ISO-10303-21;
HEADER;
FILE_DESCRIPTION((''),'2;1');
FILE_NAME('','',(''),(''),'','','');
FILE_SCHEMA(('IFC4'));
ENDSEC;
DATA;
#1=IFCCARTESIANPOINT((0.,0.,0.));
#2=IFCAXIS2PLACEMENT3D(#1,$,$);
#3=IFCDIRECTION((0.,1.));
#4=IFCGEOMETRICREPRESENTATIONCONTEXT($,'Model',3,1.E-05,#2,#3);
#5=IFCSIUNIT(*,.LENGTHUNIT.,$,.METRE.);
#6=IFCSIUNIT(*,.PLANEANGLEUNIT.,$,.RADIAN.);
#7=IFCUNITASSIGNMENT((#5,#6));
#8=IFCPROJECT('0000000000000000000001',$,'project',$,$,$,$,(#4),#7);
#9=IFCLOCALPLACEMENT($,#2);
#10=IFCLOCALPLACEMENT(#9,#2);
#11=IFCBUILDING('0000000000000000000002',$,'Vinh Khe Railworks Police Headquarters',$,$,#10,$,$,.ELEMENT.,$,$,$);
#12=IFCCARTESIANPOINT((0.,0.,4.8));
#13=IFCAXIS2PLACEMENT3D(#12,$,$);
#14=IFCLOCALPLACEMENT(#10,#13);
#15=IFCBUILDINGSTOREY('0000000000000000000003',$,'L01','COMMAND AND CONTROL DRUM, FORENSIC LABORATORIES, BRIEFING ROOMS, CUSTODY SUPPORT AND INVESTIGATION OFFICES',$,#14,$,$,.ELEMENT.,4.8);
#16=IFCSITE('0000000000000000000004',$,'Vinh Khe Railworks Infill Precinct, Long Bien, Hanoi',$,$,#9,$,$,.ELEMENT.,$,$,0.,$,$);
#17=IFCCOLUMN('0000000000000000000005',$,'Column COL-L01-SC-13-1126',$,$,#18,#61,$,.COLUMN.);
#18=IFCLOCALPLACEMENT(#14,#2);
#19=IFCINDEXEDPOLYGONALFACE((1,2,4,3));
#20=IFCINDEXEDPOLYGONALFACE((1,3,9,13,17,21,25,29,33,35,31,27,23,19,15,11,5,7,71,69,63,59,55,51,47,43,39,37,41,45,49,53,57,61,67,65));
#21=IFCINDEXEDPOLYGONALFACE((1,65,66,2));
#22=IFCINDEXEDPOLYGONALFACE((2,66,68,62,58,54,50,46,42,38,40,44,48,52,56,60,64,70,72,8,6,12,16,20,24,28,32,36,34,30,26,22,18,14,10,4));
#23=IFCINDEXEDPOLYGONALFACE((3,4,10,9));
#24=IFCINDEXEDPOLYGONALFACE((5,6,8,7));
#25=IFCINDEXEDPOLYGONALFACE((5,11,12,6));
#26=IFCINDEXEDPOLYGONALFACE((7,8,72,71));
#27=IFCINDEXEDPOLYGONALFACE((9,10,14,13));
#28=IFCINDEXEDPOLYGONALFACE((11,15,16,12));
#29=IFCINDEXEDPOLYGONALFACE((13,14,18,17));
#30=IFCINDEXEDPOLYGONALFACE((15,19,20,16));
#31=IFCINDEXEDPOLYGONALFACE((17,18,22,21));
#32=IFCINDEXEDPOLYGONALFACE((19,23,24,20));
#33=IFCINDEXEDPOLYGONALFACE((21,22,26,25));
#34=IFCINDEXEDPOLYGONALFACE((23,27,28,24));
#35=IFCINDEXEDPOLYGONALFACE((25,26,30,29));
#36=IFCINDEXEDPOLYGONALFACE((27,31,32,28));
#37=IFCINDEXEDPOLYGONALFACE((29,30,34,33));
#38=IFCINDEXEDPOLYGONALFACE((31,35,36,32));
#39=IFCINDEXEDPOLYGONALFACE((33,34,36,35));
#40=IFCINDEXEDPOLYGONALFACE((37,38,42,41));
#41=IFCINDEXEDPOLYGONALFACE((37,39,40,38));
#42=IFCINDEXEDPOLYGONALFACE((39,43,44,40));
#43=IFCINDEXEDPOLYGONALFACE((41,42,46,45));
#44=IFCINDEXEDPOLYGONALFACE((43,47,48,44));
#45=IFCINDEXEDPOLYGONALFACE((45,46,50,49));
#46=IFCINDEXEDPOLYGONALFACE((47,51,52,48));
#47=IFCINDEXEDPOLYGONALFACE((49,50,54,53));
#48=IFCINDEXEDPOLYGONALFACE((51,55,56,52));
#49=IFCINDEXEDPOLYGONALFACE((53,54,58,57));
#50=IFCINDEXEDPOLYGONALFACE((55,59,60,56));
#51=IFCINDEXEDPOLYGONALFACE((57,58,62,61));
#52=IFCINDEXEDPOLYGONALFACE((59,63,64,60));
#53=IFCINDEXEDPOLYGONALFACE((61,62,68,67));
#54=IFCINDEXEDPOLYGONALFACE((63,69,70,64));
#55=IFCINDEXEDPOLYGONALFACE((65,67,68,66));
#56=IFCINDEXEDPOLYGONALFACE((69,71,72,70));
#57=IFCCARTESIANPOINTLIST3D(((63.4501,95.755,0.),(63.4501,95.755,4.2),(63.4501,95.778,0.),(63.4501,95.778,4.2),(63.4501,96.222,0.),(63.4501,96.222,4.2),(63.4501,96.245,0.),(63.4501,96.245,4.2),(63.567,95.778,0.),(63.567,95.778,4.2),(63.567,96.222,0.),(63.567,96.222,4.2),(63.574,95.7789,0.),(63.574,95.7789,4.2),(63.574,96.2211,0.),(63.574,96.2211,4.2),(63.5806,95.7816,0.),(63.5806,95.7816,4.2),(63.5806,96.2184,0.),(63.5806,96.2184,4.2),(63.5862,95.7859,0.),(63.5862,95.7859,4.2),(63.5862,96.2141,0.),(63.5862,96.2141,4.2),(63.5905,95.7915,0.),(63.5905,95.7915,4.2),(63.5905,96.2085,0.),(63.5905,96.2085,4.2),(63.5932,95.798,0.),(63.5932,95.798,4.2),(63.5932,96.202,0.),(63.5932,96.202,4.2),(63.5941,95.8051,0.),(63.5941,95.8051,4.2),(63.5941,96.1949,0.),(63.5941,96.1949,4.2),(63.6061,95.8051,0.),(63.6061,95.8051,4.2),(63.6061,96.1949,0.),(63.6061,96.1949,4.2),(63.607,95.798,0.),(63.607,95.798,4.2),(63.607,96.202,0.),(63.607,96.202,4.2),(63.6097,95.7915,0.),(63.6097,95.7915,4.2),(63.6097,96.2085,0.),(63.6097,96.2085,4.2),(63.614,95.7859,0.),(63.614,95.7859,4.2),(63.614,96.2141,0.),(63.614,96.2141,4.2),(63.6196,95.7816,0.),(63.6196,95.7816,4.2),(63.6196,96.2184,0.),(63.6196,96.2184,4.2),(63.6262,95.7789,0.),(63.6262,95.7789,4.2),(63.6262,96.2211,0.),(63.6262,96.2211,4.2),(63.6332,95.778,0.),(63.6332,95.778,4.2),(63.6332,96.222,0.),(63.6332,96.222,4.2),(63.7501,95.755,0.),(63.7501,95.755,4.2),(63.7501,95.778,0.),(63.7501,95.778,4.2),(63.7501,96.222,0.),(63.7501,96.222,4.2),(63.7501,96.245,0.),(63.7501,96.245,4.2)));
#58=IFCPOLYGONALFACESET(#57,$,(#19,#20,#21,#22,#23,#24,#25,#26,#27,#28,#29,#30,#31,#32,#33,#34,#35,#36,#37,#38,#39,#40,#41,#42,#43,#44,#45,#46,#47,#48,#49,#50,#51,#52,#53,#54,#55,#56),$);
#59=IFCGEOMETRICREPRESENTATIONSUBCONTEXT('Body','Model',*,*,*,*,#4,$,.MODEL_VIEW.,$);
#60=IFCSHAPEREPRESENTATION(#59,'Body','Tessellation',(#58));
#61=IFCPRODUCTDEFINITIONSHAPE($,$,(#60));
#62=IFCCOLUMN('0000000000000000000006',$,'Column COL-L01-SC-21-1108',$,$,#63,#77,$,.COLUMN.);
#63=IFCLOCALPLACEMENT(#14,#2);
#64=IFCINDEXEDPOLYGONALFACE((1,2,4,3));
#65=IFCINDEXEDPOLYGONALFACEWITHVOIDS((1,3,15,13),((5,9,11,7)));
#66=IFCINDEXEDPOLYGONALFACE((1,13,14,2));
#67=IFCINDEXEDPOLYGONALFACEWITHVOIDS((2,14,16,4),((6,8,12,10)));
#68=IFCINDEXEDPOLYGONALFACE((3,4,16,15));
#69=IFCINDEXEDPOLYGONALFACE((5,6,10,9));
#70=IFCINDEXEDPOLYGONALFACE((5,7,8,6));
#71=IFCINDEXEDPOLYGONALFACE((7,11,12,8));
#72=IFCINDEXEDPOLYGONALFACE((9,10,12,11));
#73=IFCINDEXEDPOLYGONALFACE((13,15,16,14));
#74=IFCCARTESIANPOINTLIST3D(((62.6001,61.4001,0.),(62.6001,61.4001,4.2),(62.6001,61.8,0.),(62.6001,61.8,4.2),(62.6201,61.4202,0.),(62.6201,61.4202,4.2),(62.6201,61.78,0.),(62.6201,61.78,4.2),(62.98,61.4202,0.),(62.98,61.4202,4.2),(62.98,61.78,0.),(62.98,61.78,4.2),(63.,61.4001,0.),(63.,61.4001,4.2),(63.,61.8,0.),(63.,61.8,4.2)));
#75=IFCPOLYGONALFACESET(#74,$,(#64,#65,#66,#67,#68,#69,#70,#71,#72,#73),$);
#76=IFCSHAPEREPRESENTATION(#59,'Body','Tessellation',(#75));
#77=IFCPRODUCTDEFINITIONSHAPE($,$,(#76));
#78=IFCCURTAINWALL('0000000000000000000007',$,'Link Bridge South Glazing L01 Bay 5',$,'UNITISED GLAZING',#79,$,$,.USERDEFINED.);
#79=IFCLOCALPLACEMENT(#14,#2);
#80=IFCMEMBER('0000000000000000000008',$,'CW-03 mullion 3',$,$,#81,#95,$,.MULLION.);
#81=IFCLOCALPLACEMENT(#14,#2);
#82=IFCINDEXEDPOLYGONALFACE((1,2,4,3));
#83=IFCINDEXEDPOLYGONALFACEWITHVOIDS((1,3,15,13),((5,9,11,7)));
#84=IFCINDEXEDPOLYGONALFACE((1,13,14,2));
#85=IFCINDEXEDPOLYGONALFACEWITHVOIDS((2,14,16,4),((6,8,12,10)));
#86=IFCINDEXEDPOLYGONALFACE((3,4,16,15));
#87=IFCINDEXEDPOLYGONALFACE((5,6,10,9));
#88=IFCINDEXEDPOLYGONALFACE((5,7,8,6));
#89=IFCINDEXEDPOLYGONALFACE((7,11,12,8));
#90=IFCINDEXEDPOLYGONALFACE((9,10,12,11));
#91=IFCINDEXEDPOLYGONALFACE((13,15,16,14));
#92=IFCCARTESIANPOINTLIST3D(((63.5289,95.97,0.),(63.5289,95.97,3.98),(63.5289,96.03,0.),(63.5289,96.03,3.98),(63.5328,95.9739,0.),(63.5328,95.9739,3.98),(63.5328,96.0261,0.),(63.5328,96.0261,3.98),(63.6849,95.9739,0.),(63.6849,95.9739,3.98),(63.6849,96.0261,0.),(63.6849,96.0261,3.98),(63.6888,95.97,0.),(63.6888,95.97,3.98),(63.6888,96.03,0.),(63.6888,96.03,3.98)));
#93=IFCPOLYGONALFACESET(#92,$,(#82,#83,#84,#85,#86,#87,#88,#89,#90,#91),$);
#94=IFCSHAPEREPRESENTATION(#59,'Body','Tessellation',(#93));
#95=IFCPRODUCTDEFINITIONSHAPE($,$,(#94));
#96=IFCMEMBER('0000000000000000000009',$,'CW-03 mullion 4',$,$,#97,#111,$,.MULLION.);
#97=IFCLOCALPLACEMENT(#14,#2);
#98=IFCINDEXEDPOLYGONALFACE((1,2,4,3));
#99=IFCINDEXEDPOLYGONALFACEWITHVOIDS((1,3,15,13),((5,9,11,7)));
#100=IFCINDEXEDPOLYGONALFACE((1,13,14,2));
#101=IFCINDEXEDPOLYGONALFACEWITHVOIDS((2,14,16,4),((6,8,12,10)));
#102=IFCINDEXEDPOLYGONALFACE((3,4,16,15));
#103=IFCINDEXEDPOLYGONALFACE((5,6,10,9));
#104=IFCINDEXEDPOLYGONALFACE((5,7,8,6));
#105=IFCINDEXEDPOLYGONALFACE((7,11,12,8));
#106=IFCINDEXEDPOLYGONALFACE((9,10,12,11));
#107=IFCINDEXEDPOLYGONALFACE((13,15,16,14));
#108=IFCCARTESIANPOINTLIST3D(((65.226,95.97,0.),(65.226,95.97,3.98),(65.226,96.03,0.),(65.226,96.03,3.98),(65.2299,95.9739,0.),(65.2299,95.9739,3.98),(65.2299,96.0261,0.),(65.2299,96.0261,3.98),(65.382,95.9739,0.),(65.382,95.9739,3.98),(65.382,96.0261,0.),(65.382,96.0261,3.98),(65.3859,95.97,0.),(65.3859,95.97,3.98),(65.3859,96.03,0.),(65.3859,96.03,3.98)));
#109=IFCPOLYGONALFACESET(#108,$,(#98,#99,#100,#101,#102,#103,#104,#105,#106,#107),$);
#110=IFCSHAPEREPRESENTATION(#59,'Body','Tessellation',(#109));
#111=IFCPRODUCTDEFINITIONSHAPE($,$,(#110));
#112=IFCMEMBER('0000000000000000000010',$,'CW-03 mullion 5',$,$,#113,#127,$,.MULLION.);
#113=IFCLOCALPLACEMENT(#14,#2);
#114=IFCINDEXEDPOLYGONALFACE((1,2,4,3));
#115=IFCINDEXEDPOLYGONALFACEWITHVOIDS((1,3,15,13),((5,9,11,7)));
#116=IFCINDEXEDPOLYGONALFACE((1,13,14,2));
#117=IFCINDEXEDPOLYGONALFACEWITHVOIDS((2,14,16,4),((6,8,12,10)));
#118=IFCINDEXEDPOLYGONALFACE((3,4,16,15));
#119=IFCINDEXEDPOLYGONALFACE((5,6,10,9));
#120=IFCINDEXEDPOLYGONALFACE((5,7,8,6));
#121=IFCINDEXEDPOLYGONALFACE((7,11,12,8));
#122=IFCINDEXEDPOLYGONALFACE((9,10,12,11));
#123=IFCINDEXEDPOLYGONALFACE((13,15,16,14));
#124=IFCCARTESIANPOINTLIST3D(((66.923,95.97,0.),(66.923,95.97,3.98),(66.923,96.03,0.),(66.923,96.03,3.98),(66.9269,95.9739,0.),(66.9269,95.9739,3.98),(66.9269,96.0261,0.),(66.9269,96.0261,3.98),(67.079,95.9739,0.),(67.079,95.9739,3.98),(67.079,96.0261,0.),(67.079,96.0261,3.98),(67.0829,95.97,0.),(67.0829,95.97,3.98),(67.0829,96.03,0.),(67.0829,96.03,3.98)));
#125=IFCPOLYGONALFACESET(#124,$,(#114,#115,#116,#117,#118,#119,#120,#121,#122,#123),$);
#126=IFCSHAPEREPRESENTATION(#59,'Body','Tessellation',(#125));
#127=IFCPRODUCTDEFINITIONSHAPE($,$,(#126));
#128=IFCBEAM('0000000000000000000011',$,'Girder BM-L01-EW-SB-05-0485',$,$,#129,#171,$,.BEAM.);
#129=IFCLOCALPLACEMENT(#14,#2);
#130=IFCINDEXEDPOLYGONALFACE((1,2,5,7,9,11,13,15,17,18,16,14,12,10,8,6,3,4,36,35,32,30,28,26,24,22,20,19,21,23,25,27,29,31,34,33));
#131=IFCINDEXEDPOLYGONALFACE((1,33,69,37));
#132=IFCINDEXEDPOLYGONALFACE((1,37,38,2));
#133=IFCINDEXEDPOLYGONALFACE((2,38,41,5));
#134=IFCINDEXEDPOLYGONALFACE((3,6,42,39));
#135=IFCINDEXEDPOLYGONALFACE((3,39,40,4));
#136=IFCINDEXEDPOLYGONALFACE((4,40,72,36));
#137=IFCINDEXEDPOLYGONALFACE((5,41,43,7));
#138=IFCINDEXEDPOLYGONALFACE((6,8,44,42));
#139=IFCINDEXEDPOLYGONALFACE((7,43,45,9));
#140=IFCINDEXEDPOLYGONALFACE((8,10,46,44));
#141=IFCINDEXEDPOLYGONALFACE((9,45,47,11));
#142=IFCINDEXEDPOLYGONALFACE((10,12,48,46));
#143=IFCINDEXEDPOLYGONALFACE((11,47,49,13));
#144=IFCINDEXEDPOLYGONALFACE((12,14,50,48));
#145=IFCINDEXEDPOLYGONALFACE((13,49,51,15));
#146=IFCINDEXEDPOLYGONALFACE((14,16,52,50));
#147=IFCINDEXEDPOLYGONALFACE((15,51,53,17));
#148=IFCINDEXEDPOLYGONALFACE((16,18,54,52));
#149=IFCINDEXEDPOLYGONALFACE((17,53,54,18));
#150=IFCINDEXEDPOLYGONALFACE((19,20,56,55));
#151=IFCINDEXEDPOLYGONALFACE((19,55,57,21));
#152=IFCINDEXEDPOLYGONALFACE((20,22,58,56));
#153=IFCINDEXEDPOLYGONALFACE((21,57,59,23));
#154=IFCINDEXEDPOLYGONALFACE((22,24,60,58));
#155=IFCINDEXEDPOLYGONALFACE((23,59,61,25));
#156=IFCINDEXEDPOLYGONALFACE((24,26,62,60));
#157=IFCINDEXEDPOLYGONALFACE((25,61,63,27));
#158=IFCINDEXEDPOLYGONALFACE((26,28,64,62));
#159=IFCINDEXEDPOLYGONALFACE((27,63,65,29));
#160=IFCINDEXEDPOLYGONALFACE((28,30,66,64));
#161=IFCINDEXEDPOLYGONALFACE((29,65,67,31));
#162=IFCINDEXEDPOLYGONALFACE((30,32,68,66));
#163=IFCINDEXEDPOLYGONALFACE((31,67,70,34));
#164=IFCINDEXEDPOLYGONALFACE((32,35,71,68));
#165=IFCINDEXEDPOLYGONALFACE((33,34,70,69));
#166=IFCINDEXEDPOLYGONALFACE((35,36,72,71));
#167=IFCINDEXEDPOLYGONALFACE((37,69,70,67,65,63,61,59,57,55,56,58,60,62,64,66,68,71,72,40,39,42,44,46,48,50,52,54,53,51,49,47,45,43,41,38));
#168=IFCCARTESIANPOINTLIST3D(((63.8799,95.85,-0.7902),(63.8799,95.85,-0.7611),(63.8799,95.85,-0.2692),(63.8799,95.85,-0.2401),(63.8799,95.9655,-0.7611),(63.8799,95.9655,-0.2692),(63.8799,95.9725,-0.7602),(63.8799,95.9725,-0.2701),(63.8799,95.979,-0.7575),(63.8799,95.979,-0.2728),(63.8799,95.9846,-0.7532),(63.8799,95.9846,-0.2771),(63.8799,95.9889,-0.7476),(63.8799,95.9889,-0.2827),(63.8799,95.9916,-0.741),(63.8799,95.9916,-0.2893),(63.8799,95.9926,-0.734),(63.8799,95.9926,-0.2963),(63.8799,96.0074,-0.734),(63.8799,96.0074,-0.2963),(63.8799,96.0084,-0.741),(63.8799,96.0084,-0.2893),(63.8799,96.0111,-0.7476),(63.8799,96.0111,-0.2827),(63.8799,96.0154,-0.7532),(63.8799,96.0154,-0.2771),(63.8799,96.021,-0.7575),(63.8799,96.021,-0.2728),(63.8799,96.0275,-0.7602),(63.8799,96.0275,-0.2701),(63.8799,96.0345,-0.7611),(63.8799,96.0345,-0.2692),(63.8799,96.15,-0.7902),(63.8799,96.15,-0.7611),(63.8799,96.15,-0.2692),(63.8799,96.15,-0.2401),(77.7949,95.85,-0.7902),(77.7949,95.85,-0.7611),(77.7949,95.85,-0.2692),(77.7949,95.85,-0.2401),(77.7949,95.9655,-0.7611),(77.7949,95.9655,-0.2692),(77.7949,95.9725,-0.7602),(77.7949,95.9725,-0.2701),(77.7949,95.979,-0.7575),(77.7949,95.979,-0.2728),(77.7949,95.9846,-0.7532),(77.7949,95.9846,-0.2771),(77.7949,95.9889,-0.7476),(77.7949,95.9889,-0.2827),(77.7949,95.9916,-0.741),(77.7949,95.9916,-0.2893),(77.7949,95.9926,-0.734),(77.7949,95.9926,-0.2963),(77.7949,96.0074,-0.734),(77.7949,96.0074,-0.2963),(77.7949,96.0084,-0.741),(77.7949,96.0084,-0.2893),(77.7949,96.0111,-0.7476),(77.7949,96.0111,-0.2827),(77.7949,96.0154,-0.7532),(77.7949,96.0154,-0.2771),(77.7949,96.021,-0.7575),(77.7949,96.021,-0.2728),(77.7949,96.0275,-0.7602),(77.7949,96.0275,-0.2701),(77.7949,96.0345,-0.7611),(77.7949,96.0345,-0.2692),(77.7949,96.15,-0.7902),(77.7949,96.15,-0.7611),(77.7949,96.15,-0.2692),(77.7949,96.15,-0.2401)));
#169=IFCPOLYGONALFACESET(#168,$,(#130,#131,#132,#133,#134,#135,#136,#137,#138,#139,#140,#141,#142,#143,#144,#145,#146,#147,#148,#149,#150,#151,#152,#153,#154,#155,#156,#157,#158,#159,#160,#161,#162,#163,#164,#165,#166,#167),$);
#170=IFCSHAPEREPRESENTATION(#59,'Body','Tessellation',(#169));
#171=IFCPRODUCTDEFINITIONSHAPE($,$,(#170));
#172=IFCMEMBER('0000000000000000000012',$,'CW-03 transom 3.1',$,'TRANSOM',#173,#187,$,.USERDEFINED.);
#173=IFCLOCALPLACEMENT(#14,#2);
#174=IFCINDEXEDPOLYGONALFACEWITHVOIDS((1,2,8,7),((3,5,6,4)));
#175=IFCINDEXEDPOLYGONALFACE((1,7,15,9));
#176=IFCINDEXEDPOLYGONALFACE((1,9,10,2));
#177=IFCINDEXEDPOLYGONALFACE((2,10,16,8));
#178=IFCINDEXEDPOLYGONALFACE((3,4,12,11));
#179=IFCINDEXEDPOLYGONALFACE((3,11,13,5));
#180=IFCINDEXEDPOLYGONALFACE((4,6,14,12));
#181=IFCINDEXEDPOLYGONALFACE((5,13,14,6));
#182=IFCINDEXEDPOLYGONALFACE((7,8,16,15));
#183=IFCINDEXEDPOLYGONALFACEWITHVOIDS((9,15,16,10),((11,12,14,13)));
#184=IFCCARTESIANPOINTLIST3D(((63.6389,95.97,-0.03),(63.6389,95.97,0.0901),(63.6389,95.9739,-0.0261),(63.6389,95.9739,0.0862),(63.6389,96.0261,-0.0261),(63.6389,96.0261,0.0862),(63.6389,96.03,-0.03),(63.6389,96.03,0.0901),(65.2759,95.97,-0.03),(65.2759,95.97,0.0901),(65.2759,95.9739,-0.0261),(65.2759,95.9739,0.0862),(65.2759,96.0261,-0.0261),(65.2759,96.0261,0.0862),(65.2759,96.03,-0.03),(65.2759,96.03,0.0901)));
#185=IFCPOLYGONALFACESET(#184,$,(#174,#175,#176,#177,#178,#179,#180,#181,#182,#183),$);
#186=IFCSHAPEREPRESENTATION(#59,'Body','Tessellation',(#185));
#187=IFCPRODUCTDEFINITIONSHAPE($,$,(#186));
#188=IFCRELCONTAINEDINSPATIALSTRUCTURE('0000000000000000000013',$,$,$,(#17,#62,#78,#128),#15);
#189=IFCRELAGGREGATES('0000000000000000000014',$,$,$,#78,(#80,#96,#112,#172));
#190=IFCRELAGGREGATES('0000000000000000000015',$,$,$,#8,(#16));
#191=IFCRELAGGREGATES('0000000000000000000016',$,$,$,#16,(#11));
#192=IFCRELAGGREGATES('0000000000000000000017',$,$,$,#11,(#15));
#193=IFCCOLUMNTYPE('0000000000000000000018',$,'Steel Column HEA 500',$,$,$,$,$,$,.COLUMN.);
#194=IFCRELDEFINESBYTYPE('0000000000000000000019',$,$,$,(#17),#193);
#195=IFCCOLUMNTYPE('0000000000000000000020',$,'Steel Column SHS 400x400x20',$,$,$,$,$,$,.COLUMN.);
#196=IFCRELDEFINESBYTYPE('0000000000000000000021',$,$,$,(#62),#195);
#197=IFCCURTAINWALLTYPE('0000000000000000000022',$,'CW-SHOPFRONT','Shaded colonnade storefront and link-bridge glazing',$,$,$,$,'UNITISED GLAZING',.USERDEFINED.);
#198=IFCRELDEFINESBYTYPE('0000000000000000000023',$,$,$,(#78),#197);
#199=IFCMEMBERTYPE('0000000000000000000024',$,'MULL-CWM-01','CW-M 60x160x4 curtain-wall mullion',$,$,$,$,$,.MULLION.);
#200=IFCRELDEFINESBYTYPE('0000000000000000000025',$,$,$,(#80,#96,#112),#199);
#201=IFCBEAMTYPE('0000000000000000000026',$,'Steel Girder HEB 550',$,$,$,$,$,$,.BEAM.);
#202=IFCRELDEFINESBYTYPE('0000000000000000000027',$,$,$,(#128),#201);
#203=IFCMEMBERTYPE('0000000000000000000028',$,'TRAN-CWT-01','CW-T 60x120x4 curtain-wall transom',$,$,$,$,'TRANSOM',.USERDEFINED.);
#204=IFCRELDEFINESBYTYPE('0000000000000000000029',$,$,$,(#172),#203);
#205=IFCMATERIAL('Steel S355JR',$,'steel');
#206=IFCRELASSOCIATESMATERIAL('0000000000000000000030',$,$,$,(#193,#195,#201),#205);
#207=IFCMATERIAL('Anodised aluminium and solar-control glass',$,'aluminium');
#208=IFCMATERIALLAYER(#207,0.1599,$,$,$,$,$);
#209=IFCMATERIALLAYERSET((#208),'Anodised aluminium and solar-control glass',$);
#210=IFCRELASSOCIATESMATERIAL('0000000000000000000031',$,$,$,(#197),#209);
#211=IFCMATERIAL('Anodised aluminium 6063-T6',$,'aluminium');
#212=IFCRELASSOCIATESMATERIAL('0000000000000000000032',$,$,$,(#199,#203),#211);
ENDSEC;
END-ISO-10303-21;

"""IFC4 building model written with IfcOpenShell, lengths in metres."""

from ifc_helpers import new_model, si_unit, direction, frame, origin, origin_2d, place, context, subcontext, project, spatial, hollow_rectangle, i_section, extrude, material, layer, layer_set, material_profile, profile_set, type_object, element, aggregate, save


model = new_model("IFC4")

# Units and contexts
model_context = context("Model", 3, precision=1e-05, world=origin(), true_north=direction((0.0, 1.0)))
body_context = subcontext(model_context, "Body", "Model", "MODEL_VIEW")
ifc_project = project(units=[si_unit("LENGTHUNIT", "METRE"), si_unit("PLANEANGLEUNIT", "RADIAN")], contexts=[model_context])

# Site, building, storey
site_placement = place(None, origin())
site = spatial("IfcSite", under=ifc_project, at=site_placement, Name="Vinh Khe Railworks Infill Precinct, Long Bien, Hanoi", CompositionType="ELEMENT", RefElevation=0.0)
building_placement = place(site_placement, origin())
building = spatial("IfcBuilding", under=site, at=building_placement, Name="Vinh Khe Railworks Police Headquarters", CompositionType="ELEMENT")
storey_placement = place(building_placement, frame((0.0, 0.0, 4.8)))
storey = spatial("IfcBuildingStorey", under=building, at=storey_placement, Name="L01", Description="COMMAND AND CONTROL DRUM, FORENSIC LABORATORIES, BRIEFING ROOMS, CUSTODY SUPPORT AND INVESTIGATION OFFICES", CompositionType="ELEMENT", Elevation=4.8)

# Columns
ifc_material_1 = material(Name="Steel S355JR", Category="steel")
ifc_material_profile_1 = material_profile(ifc_material_1, i_section(OverallWidth=0.3, OverallDepth=0.49, WebThickness=0.012, FlangeThickness=0.0229, FilletRadius=0.0271, at=origin_2d()), Name="HEA 500")
ifc_profile_set_1 = profile_set([ifc_material_profile_1], Name="Steel S355JR")
column_type_1 = type_object("IfcColumnType", Name="Steel Column HEA 500", PredefinedType="COLUMN", material=ifc_profile_set_1)
column_1_placement = place(storey_placement, frame((63.6001, 96.0, 0.0), z_axis=(0.0, 0.0, 1.0), x_axis=(1.0, 0.0, 0.0)))
element("IfcColumn", 1, at=column_1_placement, inside=storey, type_object=column_type_1, Name="Column COL-L01-SC-13-1126", PredefinedType="COLUMN", context=body_context, shape_type="SweptSolid", body=[
    extrude(i_section(OverallWidth=0.3, OverallDepth=0.49, WebThickness=0.012, FlangeThickness=0.0229, FilletRadius=0.0271, at=origin_2d()), origin(), (0.0, 0.0, 1.0), 4.2),
])
ifc_material_profile_2 = material_profile(ifc_material_1, hollow_rectangle(XDim=0.3999, YDim=0.3999, WallThickness=0.02, at=origin_2d()), Name="SHS 400x400x20")
ifc_profile_set_2 = profile_set([ifc_material_profile_2], Name="Steel S355JR")
column_type_2 = type_object("IfcColumnType", Name="Steel Column SHS 400x400x20", PredefinedType="COLUMN", material=ifc_profile_set_2)
column_2_placement = place(storey_placement, frame((62.8, 61.6001, 0.0), z_axis=(0.0, 0.0, 1.0), x_axis=(1.0, 0.0, 0.0)))
element("IfcColumn", 2, at=column_2_placement, inside=storey, type_object=column_type_2, Name="Column COL-L01-SC-21-1108", PredefinedType="COLUMN", context=body_context, shape_type="SweptSolid", body=[
    extrude(hollow_rectangle(XDim=0.3999, YDim=0.3999, WallThickness=0.02, at=origin_2d()), origin(), (0.0, 0.0, 1.0), 4.2),
])

# Curtain wall, members
ifc_material_2 = material(Name="Anodised aluminium and solar-control glass", Category="aluminium")
ifc_layer_1 = layer(ifc_material_2, 0.1599)
ifc_layer_set_1 = layer_set([ifc_layer_1], Name="Anodised aluminium and solar-control glass")
curtain_wall_type = type_object("IfcCurtainWallType", Name="CW-SHOPFRONT", Description="Shaded colonnade storefront and link-bridge glazing", ElementType="UNITISED GLAZING", PredefinedType="USERDEFINED", material=ifc_layer_set_1)
curtain_wall_placement = place(storey_placement, origin())
curtain_wall = element("IfcCurtainWall", 3, at=curtain_wall_placement, inside=storey, type_object=curtain_wall_type, Name="Link Bridge South Glazing L01 Bay 5", ObjectType="UNITISED GLAZING", PredefinedType="USERDEFINED")
ifc_material_3 = material(Name="Anodised aluminium 6063-T6", Category="aluminium")
ifc_material_profile_3 = material_profile(ifc_material_3, hollow_rectangle(XDim=0.0601, YDim=0.1599, WallThickness=0.0039, at=origin_2d()), Name="CW-M 60x160x4")
ifc_profile_set_3 = profile_set([ifc_material_profile_3], Name="Anodised aluminium 6063-T6")
member_type_1 = type_object("IfcMemberType", Name="MULL-CWM-01", Description="CW-M 60x160x4 curtain-wall mullion", PredefinedType="MULLION", material=ifc_profile_set_3)
member_1_placement = place(storey_placement, frame((63.6089, 96.0, 0.0), z_axis=(0.0, 0.0, 1.0), x_axis=(0.0, 1.0, 0.0)))
member_1 = element("IfcMember", 4, at=member_1_placement, type_object=member_type_1, Name="CW-03 mullion 3", PredefinedType="MULLION", context=body_context, shape_type="SweptSolid", body=[
    extrude(hollow_rectangle(XDim=0.0601, YDim=0.1599, WallThickness=0.0039, at=origin_2d()), origin(), (0.0, 0.0, 1.0), 3.98),
])
member_2_placement = place(storey_placement, frame((65.3059, 96.0, 0.0), z_axis=(0.0, 0.0, 1.0), x_axis=(0.0, 1.0, 0.0)))
member_2 = element("IfcMember", 5, at=member_2_placement, type_object=member_type_1, Name="CW-03 mullion 4", PredefinedType="MULLION", context=body_context, shape_type="SweptSolid", body=[
    extrude(hollow_rectangle(XDim=0.0601, YDim=0.1599, WallThickness=0.0039, at=origin_2d()), origin(), (0.0, 0.0, 1.0), 3.98),
])
member_3_placement = place(storey_placement, frame((67.0029, 96.0, 0.0), z_axis=(0.0, 0.0, 1.0), x_axis=(0.0, 1.0, 0.0)))
member_3 = element("IfcMember", 6, at=member_3_placement, type_object=member_type_1, Name="CW-03 mullion 5", PredefinedType="MULLION", context=body_context, shape_type="SweptSolid", body=[
    extrude(hollow_rectangle(XDim=0.0601, YDim=0.1599, WallThickness=0.0039, at=origin_2d()), origin(), (0.0, 0.0, 1.0), 3.98),
])

# Beam
ifc_material_profile_4 = material_profile(ifc_material_1, i_section(OverallWidth=0.3, OverallDepth=0.55, WebThickness=0.0149, FlangeThickness=0.0291, FilletRadius=0.0271, at=origin_2d()), Name="HEB 550")
ifc_profile_set_4 = profile_set([ifc_material_profile_4], Name="Steel S355JR")
beam_type = type_object("IfcBeamType", Name="Steel Girder HEB 550", PredefinedType="BEAM", material=ifc_profile_set_4)
beam_placement = place(storey_placement, frame((63.8799, 96.0, -0.5151), z_axis=(1.0, 0.0, 0.0), x_axis=(0.0, 1.0, 0.0)))
element("IfcBeam", 7, at=beam_placement, inside=storey, type_object=beam_type, Name="Girder BM-L01-EW-SB-05-0485", PredefinedType="BEAM", context=body_context, shape_type="SweptSolid", body=[
    extrude(i_section(OverallWidth=0.3, OverallDepth=0.55, WebThickness=0.0149, FlangeThickness=0.0291, FilletRadius=0.0271, at=origin_2d()), origin(), (0.0, 0.0, 1.0), 13.915),
])

# Member
ifc_material_profile_5 = material_profile(ifc_material_3, hollow_rectangle(XDim=0.0601, YDim=0.1201, WallThickness=0.0039, at=origin_2d()), Name="CW-T 60x120x4")
ifc_profile_set_5 = profile_set([ifc_material_profile_5], Name="Anodised aluminium 6063-T6")
member_type_2 = type_object("IfcMemberType", Name="TRAN-CWT-01", Description="CW-T 60x120x4 curtain-wall transom", ElementType="TRANSOM", PredefinedType="USERDEFINED", material=ifc_profile_set_5)
member_4_placement = place(storey_placement, frame((63.6389, 96.0, 0.03), z_axis=(1.0, 0.0, 0.0), x_axis=(0.0, 1.0, 0.0)))
member_4 = element("IfcMember", 8, at=member_4_placement, type_object=member_type_2, Name="CW-03 transom 3.1", ObjectType="TRANSOM", PredefinedType="USERDEFINED", context=body_context, shape_type="SweptSolid", body=[
    extrude(hollow_rectangle(XDim=0.0601, YDim=0.1201, WallThickness=0.0039, at=origin_2d()), origin(), (0.0, 0.0, 1.0), 1.637),
])

aggregate(curtain_wall, [member_1, member_2, member_3, member_4])

save(model, "model.ifc")
